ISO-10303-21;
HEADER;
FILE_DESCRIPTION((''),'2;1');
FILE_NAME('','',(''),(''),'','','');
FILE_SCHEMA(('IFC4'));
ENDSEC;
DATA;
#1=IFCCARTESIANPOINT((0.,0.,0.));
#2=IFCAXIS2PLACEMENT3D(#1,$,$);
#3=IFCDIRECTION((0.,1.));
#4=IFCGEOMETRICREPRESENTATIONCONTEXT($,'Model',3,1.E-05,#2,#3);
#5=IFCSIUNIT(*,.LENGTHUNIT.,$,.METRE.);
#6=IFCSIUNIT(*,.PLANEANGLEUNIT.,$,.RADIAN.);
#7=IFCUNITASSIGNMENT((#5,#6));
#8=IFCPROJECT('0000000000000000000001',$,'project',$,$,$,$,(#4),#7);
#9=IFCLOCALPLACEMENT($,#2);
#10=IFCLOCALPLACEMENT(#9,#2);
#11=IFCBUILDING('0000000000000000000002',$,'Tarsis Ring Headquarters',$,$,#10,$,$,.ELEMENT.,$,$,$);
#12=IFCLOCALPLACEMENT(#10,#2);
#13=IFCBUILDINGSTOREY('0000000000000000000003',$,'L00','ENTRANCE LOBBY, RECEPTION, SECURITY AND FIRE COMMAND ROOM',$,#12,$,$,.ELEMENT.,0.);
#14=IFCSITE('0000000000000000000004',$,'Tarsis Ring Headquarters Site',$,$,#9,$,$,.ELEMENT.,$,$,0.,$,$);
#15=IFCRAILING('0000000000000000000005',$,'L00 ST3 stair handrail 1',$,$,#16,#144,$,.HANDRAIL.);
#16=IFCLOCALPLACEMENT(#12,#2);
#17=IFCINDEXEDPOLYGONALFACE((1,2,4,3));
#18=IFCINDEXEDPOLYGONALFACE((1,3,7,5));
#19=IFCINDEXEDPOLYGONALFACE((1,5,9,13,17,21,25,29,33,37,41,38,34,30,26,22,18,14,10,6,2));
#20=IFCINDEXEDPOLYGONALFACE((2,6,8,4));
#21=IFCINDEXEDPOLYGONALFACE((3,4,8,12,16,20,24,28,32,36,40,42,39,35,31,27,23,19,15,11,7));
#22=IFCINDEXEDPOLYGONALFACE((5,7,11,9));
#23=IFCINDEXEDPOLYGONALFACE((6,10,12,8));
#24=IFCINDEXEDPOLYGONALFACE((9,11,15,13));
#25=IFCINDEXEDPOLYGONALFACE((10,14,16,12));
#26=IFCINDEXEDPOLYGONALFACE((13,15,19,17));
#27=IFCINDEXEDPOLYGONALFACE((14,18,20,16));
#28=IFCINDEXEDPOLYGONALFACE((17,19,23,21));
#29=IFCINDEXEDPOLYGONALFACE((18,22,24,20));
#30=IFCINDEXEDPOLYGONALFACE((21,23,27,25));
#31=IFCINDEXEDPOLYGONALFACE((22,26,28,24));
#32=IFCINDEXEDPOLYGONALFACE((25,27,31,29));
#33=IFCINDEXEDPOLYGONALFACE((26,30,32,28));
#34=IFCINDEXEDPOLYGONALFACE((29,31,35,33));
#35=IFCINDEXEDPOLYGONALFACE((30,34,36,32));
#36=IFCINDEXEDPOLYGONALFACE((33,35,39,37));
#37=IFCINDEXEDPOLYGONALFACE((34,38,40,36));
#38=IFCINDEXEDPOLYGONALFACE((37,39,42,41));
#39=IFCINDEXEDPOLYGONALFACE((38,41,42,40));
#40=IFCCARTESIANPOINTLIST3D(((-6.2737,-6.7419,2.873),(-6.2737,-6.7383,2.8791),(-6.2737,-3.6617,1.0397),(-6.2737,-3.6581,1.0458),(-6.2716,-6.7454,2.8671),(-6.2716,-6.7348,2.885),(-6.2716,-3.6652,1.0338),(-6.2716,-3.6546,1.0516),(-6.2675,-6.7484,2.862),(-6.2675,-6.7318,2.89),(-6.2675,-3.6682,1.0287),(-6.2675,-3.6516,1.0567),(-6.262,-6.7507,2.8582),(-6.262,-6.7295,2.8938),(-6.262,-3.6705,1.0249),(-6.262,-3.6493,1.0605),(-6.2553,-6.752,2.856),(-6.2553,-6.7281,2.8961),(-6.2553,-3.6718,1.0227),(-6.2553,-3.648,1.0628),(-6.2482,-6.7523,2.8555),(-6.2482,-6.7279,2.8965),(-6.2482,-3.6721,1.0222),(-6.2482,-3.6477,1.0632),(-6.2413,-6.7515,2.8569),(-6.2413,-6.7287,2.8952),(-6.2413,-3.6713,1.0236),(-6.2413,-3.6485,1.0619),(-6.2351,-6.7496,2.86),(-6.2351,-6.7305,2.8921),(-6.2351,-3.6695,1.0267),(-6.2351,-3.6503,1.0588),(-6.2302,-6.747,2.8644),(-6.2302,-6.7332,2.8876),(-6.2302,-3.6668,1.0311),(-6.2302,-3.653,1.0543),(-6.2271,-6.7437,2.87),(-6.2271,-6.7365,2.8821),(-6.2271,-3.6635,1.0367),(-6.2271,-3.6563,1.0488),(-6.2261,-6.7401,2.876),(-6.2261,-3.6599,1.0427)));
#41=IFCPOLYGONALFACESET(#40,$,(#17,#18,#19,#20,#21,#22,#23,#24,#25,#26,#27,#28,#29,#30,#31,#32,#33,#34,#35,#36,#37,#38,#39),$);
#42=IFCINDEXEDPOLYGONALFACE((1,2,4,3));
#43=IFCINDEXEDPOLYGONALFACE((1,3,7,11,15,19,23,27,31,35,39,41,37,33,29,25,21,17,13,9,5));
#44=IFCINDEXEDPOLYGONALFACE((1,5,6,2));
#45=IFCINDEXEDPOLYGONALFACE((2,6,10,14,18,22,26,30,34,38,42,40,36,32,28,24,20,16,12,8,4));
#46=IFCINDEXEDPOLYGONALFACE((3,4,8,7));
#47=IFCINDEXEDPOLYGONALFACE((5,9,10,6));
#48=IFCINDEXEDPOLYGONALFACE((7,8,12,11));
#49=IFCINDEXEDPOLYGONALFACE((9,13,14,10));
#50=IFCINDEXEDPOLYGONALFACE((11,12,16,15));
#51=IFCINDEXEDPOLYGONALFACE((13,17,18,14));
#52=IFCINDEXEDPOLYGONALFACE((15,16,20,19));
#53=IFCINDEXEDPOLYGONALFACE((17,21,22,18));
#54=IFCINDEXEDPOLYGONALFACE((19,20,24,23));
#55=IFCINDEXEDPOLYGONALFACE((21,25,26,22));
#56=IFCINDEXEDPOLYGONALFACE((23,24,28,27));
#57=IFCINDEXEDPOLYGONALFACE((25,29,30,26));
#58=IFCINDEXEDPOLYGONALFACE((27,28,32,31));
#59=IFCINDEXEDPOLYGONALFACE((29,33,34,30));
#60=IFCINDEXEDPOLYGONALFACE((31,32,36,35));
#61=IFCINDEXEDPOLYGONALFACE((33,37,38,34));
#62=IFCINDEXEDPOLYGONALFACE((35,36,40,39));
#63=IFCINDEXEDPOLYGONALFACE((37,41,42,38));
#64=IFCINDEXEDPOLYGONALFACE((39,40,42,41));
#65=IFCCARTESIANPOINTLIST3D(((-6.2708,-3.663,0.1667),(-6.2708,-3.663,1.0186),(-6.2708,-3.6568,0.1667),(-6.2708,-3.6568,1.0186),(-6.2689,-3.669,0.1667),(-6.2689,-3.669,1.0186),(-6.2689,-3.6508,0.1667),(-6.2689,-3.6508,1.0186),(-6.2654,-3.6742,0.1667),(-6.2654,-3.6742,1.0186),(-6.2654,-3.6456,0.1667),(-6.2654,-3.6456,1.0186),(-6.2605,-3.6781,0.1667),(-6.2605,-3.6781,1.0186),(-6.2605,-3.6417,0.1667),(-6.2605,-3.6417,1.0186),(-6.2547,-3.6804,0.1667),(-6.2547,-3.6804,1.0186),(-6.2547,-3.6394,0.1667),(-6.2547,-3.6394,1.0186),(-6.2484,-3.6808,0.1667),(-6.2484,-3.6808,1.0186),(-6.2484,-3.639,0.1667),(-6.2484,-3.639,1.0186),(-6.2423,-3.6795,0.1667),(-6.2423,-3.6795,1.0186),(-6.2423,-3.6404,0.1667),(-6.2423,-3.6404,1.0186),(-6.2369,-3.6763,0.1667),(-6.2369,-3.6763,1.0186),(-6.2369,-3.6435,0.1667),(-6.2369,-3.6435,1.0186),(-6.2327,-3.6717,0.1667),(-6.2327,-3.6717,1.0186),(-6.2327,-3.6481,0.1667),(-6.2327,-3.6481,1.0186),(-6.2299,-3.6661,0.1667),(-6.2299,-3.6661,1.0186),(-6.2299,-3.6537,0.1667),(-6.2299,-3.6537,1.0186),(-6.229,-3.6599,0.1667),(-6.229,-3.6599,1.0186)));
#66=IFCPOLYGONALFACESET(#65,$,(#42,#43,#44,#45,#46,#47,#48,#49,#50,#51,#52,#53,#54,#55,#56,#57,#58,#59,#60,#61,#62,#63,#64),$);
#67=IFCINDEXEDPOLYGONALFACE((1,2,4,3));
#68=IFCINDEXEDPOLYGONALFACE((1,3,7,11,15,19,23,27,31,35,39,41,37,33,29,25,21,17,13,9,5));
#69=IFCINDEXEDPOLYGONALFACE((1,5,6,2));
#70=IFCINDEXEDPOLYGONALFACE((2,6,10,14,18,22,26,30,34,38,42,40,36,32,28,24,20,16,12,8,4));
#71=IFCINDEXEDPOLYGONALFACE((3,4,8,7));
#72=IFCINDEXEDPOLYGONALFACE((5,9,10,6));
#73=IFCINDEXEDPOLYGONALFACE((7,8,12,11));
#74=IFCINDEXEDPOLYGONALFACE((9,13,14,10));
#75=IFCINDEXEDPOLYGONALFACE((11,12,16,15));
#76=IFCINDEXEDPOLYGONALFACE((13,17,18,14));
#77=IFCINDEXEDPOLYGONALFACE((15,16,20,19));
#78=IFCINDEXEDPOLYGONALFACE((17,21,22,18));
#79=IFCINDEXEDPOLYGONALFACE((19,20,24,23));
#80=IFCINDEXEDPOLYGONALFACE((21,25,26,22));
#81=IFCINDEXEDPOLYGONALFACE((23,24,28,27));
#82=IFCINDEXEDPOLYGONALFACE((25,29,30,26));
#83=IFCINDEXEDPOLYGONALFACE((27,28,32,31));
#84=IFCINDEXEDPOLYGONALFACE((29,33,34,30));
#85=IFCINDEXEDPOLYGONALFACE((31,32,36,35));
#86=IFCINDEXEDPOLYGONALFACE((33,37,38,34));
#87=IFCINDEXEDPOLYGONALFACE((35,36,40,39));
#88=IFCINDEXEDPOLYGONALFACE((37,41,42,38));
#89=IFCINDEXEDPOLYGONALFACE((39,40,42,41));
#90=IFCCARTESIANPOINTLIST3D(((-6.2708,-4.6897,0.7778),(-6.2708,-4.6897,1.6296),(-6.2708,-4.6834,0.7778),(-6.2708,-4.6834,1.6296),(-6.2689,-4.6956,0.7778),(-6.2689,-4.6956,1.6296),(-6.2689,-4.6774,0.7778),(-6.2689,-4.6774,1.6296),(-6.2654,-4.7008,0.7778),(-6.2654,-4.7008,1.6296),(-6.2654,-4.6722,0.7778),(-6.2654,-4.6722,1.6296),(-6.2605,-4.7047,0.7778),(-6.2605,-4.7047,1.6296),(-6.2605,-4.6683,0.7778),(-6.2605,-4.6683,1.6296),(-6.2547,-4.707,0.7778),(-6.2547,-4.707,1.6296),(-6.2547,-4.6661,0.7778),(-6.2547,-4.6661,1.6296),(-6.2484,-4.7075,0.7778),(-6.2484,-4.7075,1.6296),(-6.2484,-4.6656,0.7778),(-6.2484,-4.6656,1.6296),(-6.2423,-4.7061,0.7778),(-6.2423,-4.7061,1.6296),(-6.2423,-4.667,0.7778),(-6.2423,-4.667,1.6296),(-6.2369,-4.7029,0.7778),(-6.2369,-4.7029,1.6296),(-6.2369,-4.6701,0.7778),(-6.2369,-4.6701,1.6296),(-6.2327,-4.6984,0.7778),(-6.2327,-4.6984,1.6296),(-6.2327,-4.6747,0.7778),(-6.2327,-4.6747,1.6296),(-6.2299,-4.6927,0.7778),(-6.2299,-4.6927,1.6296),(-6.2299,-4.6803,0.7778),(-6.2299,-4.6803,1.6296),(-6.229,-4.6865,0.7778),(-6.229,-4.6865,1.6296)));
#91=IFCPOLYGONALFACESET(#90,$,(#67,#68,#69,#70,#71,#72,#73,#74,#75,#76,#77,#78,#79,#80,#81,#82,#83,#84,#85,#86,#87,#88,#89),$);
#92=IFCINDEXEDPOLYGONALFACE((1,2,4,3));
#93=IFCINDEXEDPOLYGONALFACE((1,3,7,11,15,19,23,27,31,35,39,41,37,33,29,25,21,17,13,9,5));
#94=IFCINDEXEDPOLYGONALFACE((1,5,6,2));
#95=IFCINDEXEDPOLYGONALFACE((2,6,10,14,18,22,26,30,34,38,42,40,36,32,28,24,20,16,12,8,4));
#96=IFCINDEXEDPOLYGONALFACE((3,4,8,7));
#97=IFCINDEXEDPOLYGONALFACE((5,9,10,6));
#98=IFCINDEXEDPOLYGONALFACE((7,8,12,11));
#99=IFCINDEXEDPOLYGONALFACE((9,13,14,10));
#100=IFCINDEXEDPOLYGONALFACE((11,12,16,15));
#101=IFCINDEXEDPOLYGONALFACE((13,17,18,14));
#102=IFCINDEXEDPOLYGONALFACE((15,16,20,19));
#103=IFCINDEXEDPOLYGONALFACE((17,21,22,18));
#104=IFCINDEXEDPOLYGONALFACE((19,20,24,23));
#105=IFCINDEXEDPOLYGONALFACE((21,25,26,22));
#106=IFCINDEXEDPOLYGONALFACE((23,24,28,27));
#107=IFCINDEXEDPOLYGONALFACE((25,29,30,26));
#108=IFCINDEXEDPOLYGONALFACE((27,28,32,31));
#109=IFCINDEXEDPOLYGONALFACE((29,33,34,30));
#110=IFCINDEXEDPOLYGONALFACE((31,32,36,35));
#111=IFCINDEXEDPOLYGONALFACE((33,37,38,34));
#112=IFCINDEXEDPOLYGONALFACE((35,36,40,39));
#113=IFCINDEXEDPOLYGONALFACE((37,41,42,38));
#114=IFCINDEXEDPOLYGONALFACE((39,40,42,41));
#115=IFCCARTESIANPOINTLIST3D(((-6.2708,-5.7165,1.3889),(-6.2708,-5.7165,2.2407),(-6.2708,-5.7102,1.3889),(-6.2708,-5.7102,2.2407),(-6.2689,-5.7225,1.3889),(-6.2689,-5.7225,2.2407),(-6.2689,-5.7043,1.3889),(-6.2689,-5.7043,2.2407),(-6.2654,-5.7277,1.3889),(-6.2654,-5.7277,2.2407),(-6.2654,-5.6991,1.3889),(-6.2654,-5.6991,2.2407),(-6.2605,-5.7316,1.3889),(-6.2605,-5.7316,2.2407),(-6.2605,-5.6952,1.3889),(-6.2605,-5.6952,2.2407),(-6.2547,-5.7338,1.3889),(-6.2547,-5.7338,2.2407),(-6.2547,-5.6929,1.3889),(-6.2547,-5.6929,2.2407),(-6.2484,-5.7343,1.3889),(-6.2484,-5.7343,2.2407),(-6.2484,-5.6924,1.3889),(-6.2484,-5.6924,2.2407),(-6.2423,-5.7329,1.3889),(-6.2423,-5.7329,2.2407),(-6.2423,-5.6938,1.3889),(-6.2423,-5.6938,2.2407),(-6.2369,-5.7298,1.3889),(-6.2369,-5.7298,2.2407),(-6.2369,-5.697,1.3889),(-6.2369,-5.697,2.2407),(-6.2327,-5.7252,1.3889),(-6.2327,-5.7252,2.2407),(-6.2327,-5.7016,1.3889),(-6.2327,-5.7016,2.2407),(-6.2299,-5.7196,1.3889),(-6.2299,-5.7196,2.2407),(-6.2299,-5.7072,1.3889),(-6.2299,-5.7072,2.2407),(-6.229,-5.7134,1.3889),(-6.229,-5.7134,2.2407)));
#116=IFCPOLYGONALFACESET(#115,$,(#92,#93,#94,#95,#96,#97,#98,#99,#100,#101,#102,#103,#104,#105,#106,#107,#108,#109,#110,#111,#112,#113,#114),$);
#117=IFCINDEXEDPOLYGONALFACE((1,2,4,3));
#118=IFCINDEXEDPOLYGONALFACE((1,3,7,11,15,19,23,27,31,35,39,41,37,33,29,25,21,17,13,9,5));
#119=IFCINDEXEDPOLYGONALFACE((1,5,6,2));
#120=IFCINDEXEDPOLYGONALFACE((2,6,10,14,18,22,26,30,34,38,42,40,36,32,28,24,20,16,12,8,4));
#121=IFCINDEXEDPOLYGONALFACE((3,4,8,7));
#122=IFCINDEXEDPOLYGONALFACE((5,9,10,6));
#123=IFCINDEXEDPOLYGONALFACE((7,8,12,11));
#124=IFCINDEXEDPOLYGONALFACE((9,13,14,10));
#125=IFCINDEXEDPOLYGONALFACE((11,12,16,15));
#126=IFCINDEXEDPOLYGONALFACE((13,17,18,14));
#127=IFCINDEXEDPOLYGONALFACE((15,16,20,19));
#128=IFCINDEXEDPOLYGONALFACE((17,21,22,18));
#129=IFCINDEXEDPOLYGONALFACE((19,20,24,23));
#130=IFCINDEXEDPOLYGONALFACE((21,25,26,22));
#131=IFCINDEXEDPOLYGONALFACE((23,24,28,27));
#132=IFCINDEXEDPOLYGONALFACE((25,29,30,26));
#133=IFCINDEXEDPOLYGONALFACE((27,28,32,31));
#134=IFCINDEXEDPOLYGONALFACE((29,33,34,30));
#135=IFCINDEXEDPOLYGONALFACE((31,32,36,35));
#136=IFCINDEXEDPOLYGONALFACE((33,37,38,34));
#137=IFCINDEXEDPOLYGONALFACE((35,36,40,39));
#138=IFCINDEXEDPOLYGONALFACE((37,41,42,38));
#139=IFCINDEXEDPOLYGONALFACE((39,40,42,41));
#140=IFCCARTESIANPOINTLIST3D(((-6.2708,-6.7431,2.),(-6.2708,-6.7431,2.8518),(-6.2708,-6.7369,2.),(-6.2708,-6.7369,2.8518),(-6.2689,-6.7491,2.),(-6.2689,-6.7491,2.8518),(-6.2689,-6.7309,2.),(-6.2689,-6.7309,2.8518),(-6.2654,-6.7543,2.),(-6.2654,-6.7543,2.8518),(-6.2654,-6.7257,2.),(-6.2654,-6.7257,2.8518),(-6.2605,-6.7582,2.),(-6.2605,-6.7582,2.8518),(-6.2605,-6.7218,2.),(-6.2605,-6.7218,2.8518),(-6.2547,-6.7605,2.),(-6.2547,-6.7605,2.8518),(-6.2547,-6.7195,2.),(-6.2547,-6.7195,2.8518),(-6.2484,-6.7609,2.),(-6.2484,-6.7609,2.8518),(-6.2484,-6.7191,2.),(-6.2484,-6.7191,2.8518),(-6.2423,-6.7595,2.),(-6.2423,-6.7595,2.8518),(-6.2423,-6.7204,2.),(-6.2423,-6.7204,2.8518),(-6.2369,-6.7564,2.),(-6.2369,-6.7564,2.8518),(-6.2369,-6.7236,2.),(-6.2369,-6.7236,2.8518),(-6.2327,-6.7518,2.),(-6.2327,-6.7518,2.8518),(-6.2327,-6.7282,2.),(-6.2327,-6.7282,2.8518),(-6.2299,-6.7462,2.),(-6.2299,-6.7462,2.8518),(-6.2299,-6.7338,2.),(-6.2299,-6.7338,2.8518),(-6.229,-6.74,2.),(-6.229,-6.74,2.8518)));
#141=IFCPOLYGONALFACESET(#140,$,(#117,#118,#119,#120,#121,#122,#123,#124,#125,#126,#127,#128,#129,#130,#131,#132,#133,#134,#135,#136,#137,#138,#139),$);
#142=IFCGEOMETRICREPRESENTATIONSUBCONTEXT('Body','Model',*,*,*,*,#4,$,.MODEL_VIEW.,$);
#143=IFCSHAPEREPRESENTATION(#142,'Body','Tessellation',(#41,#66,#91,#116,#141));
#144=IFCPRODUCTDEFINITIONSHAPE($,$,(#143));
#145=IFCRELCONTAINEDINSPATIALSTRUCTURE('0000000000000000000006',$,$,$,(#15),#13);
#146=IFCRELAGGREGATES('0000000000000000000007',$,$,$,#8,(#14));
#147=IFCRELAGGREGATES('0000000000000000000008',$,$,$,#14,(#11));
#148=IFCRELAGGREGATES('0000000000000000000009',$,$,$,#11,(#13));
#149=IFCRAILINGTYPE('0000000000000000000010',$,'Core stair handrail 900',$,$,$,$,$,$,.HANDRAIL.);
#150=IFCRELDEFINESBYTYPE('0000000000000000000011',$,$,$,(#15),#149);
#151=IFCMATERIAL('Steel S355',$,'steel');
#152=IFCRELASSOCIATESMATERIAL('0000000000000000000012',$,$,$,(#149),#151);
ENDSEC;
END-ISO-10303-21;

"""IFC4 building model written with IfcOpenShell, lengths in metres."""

from ifc_helpers import new_model, si_unit, direction, frame, origin, origin_2d, place, context, subcontext, project, spatial, circle, extrude, material, type_object, element, save


model = new_model("IFC4")

# Units and contexts
model_context = context("Model", 3, precision=1e-05, world=origin(), true_north=direction((0.0, 1.0)))
body_context = subcontext(model_context, "Body", "Model", "MODEL_VIEW")
ifc_project = project(units=[si_unit("LENGTHUNIT", "METRE"), si_unit("PLANEANGLEUNIT", "RADIAN")], contexts=[model_context])

# Site, building, storey
site_placement = place(None, origin())
site = spatial("IfcSite", under=ifc_project, at=site_placement, Name="Tarsis Ring Headquarters Site", CompositionType="ELEMENT", RefElevation=0.0)
building_placement = place(site_placement, origin())
building = spatial("IfcBuilding", under=site, at=building_placement, Name="Tarsis Ring Headquarters", CompositionType="ELEMENT")
storey_placement = place(building_placement, origin())
storey = spatial("IfcBuildingStorey", under=building, at=storey_placement, Name="L00", Description="ENTRANCE LOBBY, RECEPTION, SECURITY AND FIRE COMMAND ROOM", CompositionType="ELEMENT", Elevation=0.0)

# Railing
ifc_material = material(Name="Steel S355", Category="steel")
railing_type_1 = type_object("IfcRailingType", Name="Core stair handrail 900", PredefinedType="HANDRAIL", material=ifc_material)
railing_1_placement = place(storey_placement, frame((-6.25, -3.6599, 0.1667)))
element("IfcRailing", 1, at=railing_1_placement, inside=storey, type_object=railing_type_1, Name="L00 ST3 stair handrail 1", PredefinedType="HANDRAIL", context=body_context, shape_type="SweptSolid", body=[
    extrude(circle(Radius=0.0239, at=origin_2d()), frame((0.0, 0.0, 0.876), z_axis=(0.0, -0.859309, 0.511458), x_axis=(1.0, 0.0, 0.0)), (0.0, 0.0, 1.0), 3.5845),
    extrude(circle(Radius=0.021, at=origin_2d()), origin(), (0.0, 0.0, 1.0), 0.8518),
    extrude(circle(Radius=0.021, at=origin_2d()), frame((0.0, -1.0266, 0.6111)), (0.0, 0.0, 1.0), 0.8518),
    extrude(circle(Radius=0.021, at=origin_2d()), frame((0.0, -2.0535, 1.2222)), (0.0, 0.0, 1.0), 0.8518),
    extrude(circle(Radius=0.021, at=origin_2d()), frame((0.0, -3.0801, 1.8333)), (0.0, 0.0, 1.0), 0.8518),
])

save(model, "model.ifc")
